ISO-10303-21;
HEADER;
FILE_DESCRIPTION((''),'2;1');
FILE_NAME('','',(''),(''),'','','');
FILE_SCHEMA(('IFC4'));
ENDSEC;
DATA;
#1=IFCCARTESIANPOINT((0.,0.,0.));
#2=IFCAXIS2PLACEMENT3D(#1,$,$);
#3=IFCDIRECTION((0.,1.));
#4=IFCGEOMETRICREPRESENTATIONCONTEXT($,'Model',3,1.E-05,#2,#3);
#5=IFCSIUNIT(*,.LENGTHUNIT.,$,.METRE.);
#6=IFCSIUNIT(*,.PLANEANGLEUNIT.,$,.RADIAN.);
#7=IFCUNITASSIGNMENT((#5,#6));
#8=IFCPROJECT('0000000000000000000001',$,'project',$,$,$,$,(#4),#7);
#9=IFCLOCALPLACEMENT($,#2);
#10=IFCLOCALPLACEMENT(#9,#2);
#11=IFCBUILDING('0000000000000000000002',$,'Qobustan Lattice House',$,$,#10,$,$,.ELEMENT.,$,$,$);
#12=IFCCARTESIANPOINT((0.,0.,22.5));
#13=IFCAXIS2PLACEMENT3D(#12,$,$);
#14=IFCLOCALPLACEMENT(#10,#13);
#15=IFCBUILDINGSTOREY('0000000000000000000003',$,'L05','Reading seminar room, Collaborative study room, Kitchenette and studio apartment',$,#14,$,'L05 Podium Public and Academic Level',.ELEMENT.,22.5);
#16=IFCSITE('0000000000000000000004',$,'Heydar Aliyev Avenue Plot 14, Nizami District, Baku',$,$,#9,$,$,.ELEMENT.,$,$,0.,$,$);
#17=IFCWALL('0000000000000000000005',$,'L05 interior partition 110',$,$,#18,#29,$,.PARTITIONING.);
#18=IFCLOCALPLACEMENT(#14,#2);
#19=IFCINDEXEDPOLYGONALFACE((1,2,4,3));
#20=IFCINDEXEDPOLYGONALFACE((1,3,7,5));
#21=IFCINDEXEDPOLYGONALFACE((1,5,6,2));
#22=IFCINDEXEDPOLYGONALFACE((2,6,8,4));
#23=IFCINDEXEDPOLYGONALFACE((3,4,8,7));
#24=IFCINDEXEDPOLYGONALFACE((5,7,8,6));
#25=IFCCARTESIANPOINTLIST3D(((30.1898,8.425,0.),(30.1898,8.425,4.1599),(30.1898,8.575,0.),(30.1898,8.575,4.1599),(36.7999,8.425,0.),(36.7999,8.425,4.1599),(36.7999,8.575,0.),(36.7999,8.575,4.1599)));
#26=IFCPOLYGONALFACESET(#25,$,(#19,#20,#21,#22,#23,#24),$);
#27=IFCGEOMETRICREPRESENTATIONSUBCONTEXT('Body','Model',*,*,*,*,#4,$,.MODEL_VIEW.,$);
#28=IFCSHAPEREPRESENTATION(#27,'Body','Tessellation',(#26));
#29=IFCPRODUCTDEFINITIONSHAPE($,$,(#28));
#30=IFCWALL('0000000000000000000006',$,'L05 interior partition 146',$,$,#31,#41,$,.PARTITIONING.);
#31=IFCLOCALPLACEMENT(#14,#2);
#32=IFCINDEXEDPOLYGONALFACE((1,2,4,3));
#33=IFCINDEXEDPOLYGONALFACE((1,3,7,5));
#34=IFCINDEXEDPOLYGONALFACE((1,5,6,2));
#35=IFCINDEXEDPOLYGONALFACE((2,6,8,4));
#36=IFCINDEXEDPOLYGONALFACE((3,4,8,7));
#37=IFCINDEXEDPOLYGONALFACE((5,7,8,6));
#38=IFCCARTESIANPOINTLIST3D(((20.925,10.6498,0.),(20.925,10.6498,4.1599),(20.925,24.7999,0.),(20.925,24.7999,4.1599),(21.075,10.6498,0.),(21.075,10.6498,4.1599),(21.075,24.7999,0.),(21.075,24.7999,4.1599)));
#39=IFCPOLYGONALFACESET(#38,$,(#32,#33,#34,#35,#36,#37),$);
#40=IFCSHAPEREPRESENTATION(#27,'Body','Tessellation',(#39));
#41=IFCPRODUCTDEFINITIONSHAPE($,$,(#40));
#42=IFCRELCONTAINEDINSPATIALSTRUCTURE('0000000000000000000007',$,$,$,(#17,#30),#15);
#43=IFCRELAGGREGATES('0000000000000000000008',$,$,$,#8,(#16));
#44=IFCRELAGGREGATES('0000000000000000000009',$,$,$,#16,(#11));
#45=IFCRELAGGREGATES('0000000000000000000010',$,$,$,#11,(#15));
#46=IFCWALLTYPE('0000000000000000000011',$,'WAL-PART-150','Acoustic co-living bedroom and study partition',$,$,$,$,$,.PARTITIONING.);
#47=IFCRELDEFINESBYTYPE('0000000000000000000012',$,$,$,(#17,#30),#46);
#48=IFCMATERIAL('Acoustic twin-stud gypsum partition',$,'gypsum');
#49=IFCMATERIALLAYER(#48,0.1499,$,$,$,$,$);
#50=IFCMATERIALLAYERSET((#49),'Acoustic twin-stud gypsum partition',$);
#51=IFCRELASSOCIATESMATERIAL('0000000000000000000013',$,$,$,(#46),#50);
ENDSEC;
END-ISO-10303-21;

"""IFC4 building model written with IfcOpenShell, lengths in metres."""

from ifc_helpers import new_model, si_unit, direction, frame, frame_2d, origin, place, context, subcontext, project, spatial, rectangle, extrude, material, layer, layer_set, type_object, element, save


model = new_model("IFC4")

# Units and contexts
model_context = context("Model", 3, precision=1e-05, world=origin(), true_north=direction((0.0, 1.0)))
body_context = subcontext(model_context, "Body", "Model", "MODEL_VIEW")
ifc_project = project(units=[si_unit("LENGTHUNIT", "METRE"), si_unit("PLANEANGLEUNIT", "RADIAN")], contexts=[model_context])

# Site, building, storey
site_placement = place(None, origin())
site = spatial("IfcSite", under=ifc_project, at=site_placement, Name="Heydar Aliyev Avenue Plot 14, Nizami District, Baku", CompositionType="ELEMENT", RefElevation=0.0)
building_placement = place(site_placement, origin())
building = spatial("IfcBuilding", under=site, at=building_placement, Name="Qobustan Lattice House", CompositionType="ELEMENT")
storey_placement = place(building_placement, frame((0.0, 0.0, 22.5)))
storey = spatial("IfcBuildingStorey", under=building, at=storey_placement, Name="L05", Description="Reading seminar room, Collaborative study room, Kitchenette and studio apartment", LongName="L05 Podium Public and Academic Level", CompositionType="ELEMENT", Elevation=22.5)

# Shared definitions
ifc_material_1 = material(Name="Acoustic twin-stud gypsum partition", Category="gypsum")
ifc_layer_1 = layer(ifc_material_1, 0.1499)
ifc_layer_set_1 = layer_set([ifc_layer_1], Name="Acoustic twin-stud gypsum partition")
wall_type_1 = type_object("IfcWallType", Name="WAL-PART-150", Description="Acoustic co-living bedroom and study partition", PredefinedType="PARTITIONING", material=ifc_layer_set_1)

# Walls
wall_1_placement = place(storey_placement, frame((36.8, 8.5, 0.0), z_axis=(0.0, 0.0, 1.0), x_axis=(-1.0, 0.0, 0.0)))
element("IfcWall", 1, at=wall_1_placement, inside=storey, type_object=wall_type_1, Name="L05 interior partition 110", PredefinedType="PARTITIONING", context=body_context, shape_type="SweptSolid", body=[
    extrude(rectangle(XDim=6.6101, YDim=0.1499, at=frame_2d((3.3052, 0.0))), origin(), (0.0, 0.0, 1.0), 4.1599),
])
wall_2_placement = place(storey_placement, frame((21.0, 24.8, 0.0), z_axis=(0.0, 0.0, 1.0), x_axis=(0.0, -1.0, 0.0)))
element("IfcWall", 2, at=wall_2_placement, inside=storey, type_object=wall_type_1, Name="L05 interior partition 146", PredefinedType="PARTITIONING", context=body_context, shape_type="SweptSolid", body=[
    extrude(rectangle(XDim=14.1501, YDim=0.1499, at=frame_2d((7.0752, 0.0))), origin(), (0.0, 0.0, 1.0), 4.1599),
])

save(model, "model.ifc")
